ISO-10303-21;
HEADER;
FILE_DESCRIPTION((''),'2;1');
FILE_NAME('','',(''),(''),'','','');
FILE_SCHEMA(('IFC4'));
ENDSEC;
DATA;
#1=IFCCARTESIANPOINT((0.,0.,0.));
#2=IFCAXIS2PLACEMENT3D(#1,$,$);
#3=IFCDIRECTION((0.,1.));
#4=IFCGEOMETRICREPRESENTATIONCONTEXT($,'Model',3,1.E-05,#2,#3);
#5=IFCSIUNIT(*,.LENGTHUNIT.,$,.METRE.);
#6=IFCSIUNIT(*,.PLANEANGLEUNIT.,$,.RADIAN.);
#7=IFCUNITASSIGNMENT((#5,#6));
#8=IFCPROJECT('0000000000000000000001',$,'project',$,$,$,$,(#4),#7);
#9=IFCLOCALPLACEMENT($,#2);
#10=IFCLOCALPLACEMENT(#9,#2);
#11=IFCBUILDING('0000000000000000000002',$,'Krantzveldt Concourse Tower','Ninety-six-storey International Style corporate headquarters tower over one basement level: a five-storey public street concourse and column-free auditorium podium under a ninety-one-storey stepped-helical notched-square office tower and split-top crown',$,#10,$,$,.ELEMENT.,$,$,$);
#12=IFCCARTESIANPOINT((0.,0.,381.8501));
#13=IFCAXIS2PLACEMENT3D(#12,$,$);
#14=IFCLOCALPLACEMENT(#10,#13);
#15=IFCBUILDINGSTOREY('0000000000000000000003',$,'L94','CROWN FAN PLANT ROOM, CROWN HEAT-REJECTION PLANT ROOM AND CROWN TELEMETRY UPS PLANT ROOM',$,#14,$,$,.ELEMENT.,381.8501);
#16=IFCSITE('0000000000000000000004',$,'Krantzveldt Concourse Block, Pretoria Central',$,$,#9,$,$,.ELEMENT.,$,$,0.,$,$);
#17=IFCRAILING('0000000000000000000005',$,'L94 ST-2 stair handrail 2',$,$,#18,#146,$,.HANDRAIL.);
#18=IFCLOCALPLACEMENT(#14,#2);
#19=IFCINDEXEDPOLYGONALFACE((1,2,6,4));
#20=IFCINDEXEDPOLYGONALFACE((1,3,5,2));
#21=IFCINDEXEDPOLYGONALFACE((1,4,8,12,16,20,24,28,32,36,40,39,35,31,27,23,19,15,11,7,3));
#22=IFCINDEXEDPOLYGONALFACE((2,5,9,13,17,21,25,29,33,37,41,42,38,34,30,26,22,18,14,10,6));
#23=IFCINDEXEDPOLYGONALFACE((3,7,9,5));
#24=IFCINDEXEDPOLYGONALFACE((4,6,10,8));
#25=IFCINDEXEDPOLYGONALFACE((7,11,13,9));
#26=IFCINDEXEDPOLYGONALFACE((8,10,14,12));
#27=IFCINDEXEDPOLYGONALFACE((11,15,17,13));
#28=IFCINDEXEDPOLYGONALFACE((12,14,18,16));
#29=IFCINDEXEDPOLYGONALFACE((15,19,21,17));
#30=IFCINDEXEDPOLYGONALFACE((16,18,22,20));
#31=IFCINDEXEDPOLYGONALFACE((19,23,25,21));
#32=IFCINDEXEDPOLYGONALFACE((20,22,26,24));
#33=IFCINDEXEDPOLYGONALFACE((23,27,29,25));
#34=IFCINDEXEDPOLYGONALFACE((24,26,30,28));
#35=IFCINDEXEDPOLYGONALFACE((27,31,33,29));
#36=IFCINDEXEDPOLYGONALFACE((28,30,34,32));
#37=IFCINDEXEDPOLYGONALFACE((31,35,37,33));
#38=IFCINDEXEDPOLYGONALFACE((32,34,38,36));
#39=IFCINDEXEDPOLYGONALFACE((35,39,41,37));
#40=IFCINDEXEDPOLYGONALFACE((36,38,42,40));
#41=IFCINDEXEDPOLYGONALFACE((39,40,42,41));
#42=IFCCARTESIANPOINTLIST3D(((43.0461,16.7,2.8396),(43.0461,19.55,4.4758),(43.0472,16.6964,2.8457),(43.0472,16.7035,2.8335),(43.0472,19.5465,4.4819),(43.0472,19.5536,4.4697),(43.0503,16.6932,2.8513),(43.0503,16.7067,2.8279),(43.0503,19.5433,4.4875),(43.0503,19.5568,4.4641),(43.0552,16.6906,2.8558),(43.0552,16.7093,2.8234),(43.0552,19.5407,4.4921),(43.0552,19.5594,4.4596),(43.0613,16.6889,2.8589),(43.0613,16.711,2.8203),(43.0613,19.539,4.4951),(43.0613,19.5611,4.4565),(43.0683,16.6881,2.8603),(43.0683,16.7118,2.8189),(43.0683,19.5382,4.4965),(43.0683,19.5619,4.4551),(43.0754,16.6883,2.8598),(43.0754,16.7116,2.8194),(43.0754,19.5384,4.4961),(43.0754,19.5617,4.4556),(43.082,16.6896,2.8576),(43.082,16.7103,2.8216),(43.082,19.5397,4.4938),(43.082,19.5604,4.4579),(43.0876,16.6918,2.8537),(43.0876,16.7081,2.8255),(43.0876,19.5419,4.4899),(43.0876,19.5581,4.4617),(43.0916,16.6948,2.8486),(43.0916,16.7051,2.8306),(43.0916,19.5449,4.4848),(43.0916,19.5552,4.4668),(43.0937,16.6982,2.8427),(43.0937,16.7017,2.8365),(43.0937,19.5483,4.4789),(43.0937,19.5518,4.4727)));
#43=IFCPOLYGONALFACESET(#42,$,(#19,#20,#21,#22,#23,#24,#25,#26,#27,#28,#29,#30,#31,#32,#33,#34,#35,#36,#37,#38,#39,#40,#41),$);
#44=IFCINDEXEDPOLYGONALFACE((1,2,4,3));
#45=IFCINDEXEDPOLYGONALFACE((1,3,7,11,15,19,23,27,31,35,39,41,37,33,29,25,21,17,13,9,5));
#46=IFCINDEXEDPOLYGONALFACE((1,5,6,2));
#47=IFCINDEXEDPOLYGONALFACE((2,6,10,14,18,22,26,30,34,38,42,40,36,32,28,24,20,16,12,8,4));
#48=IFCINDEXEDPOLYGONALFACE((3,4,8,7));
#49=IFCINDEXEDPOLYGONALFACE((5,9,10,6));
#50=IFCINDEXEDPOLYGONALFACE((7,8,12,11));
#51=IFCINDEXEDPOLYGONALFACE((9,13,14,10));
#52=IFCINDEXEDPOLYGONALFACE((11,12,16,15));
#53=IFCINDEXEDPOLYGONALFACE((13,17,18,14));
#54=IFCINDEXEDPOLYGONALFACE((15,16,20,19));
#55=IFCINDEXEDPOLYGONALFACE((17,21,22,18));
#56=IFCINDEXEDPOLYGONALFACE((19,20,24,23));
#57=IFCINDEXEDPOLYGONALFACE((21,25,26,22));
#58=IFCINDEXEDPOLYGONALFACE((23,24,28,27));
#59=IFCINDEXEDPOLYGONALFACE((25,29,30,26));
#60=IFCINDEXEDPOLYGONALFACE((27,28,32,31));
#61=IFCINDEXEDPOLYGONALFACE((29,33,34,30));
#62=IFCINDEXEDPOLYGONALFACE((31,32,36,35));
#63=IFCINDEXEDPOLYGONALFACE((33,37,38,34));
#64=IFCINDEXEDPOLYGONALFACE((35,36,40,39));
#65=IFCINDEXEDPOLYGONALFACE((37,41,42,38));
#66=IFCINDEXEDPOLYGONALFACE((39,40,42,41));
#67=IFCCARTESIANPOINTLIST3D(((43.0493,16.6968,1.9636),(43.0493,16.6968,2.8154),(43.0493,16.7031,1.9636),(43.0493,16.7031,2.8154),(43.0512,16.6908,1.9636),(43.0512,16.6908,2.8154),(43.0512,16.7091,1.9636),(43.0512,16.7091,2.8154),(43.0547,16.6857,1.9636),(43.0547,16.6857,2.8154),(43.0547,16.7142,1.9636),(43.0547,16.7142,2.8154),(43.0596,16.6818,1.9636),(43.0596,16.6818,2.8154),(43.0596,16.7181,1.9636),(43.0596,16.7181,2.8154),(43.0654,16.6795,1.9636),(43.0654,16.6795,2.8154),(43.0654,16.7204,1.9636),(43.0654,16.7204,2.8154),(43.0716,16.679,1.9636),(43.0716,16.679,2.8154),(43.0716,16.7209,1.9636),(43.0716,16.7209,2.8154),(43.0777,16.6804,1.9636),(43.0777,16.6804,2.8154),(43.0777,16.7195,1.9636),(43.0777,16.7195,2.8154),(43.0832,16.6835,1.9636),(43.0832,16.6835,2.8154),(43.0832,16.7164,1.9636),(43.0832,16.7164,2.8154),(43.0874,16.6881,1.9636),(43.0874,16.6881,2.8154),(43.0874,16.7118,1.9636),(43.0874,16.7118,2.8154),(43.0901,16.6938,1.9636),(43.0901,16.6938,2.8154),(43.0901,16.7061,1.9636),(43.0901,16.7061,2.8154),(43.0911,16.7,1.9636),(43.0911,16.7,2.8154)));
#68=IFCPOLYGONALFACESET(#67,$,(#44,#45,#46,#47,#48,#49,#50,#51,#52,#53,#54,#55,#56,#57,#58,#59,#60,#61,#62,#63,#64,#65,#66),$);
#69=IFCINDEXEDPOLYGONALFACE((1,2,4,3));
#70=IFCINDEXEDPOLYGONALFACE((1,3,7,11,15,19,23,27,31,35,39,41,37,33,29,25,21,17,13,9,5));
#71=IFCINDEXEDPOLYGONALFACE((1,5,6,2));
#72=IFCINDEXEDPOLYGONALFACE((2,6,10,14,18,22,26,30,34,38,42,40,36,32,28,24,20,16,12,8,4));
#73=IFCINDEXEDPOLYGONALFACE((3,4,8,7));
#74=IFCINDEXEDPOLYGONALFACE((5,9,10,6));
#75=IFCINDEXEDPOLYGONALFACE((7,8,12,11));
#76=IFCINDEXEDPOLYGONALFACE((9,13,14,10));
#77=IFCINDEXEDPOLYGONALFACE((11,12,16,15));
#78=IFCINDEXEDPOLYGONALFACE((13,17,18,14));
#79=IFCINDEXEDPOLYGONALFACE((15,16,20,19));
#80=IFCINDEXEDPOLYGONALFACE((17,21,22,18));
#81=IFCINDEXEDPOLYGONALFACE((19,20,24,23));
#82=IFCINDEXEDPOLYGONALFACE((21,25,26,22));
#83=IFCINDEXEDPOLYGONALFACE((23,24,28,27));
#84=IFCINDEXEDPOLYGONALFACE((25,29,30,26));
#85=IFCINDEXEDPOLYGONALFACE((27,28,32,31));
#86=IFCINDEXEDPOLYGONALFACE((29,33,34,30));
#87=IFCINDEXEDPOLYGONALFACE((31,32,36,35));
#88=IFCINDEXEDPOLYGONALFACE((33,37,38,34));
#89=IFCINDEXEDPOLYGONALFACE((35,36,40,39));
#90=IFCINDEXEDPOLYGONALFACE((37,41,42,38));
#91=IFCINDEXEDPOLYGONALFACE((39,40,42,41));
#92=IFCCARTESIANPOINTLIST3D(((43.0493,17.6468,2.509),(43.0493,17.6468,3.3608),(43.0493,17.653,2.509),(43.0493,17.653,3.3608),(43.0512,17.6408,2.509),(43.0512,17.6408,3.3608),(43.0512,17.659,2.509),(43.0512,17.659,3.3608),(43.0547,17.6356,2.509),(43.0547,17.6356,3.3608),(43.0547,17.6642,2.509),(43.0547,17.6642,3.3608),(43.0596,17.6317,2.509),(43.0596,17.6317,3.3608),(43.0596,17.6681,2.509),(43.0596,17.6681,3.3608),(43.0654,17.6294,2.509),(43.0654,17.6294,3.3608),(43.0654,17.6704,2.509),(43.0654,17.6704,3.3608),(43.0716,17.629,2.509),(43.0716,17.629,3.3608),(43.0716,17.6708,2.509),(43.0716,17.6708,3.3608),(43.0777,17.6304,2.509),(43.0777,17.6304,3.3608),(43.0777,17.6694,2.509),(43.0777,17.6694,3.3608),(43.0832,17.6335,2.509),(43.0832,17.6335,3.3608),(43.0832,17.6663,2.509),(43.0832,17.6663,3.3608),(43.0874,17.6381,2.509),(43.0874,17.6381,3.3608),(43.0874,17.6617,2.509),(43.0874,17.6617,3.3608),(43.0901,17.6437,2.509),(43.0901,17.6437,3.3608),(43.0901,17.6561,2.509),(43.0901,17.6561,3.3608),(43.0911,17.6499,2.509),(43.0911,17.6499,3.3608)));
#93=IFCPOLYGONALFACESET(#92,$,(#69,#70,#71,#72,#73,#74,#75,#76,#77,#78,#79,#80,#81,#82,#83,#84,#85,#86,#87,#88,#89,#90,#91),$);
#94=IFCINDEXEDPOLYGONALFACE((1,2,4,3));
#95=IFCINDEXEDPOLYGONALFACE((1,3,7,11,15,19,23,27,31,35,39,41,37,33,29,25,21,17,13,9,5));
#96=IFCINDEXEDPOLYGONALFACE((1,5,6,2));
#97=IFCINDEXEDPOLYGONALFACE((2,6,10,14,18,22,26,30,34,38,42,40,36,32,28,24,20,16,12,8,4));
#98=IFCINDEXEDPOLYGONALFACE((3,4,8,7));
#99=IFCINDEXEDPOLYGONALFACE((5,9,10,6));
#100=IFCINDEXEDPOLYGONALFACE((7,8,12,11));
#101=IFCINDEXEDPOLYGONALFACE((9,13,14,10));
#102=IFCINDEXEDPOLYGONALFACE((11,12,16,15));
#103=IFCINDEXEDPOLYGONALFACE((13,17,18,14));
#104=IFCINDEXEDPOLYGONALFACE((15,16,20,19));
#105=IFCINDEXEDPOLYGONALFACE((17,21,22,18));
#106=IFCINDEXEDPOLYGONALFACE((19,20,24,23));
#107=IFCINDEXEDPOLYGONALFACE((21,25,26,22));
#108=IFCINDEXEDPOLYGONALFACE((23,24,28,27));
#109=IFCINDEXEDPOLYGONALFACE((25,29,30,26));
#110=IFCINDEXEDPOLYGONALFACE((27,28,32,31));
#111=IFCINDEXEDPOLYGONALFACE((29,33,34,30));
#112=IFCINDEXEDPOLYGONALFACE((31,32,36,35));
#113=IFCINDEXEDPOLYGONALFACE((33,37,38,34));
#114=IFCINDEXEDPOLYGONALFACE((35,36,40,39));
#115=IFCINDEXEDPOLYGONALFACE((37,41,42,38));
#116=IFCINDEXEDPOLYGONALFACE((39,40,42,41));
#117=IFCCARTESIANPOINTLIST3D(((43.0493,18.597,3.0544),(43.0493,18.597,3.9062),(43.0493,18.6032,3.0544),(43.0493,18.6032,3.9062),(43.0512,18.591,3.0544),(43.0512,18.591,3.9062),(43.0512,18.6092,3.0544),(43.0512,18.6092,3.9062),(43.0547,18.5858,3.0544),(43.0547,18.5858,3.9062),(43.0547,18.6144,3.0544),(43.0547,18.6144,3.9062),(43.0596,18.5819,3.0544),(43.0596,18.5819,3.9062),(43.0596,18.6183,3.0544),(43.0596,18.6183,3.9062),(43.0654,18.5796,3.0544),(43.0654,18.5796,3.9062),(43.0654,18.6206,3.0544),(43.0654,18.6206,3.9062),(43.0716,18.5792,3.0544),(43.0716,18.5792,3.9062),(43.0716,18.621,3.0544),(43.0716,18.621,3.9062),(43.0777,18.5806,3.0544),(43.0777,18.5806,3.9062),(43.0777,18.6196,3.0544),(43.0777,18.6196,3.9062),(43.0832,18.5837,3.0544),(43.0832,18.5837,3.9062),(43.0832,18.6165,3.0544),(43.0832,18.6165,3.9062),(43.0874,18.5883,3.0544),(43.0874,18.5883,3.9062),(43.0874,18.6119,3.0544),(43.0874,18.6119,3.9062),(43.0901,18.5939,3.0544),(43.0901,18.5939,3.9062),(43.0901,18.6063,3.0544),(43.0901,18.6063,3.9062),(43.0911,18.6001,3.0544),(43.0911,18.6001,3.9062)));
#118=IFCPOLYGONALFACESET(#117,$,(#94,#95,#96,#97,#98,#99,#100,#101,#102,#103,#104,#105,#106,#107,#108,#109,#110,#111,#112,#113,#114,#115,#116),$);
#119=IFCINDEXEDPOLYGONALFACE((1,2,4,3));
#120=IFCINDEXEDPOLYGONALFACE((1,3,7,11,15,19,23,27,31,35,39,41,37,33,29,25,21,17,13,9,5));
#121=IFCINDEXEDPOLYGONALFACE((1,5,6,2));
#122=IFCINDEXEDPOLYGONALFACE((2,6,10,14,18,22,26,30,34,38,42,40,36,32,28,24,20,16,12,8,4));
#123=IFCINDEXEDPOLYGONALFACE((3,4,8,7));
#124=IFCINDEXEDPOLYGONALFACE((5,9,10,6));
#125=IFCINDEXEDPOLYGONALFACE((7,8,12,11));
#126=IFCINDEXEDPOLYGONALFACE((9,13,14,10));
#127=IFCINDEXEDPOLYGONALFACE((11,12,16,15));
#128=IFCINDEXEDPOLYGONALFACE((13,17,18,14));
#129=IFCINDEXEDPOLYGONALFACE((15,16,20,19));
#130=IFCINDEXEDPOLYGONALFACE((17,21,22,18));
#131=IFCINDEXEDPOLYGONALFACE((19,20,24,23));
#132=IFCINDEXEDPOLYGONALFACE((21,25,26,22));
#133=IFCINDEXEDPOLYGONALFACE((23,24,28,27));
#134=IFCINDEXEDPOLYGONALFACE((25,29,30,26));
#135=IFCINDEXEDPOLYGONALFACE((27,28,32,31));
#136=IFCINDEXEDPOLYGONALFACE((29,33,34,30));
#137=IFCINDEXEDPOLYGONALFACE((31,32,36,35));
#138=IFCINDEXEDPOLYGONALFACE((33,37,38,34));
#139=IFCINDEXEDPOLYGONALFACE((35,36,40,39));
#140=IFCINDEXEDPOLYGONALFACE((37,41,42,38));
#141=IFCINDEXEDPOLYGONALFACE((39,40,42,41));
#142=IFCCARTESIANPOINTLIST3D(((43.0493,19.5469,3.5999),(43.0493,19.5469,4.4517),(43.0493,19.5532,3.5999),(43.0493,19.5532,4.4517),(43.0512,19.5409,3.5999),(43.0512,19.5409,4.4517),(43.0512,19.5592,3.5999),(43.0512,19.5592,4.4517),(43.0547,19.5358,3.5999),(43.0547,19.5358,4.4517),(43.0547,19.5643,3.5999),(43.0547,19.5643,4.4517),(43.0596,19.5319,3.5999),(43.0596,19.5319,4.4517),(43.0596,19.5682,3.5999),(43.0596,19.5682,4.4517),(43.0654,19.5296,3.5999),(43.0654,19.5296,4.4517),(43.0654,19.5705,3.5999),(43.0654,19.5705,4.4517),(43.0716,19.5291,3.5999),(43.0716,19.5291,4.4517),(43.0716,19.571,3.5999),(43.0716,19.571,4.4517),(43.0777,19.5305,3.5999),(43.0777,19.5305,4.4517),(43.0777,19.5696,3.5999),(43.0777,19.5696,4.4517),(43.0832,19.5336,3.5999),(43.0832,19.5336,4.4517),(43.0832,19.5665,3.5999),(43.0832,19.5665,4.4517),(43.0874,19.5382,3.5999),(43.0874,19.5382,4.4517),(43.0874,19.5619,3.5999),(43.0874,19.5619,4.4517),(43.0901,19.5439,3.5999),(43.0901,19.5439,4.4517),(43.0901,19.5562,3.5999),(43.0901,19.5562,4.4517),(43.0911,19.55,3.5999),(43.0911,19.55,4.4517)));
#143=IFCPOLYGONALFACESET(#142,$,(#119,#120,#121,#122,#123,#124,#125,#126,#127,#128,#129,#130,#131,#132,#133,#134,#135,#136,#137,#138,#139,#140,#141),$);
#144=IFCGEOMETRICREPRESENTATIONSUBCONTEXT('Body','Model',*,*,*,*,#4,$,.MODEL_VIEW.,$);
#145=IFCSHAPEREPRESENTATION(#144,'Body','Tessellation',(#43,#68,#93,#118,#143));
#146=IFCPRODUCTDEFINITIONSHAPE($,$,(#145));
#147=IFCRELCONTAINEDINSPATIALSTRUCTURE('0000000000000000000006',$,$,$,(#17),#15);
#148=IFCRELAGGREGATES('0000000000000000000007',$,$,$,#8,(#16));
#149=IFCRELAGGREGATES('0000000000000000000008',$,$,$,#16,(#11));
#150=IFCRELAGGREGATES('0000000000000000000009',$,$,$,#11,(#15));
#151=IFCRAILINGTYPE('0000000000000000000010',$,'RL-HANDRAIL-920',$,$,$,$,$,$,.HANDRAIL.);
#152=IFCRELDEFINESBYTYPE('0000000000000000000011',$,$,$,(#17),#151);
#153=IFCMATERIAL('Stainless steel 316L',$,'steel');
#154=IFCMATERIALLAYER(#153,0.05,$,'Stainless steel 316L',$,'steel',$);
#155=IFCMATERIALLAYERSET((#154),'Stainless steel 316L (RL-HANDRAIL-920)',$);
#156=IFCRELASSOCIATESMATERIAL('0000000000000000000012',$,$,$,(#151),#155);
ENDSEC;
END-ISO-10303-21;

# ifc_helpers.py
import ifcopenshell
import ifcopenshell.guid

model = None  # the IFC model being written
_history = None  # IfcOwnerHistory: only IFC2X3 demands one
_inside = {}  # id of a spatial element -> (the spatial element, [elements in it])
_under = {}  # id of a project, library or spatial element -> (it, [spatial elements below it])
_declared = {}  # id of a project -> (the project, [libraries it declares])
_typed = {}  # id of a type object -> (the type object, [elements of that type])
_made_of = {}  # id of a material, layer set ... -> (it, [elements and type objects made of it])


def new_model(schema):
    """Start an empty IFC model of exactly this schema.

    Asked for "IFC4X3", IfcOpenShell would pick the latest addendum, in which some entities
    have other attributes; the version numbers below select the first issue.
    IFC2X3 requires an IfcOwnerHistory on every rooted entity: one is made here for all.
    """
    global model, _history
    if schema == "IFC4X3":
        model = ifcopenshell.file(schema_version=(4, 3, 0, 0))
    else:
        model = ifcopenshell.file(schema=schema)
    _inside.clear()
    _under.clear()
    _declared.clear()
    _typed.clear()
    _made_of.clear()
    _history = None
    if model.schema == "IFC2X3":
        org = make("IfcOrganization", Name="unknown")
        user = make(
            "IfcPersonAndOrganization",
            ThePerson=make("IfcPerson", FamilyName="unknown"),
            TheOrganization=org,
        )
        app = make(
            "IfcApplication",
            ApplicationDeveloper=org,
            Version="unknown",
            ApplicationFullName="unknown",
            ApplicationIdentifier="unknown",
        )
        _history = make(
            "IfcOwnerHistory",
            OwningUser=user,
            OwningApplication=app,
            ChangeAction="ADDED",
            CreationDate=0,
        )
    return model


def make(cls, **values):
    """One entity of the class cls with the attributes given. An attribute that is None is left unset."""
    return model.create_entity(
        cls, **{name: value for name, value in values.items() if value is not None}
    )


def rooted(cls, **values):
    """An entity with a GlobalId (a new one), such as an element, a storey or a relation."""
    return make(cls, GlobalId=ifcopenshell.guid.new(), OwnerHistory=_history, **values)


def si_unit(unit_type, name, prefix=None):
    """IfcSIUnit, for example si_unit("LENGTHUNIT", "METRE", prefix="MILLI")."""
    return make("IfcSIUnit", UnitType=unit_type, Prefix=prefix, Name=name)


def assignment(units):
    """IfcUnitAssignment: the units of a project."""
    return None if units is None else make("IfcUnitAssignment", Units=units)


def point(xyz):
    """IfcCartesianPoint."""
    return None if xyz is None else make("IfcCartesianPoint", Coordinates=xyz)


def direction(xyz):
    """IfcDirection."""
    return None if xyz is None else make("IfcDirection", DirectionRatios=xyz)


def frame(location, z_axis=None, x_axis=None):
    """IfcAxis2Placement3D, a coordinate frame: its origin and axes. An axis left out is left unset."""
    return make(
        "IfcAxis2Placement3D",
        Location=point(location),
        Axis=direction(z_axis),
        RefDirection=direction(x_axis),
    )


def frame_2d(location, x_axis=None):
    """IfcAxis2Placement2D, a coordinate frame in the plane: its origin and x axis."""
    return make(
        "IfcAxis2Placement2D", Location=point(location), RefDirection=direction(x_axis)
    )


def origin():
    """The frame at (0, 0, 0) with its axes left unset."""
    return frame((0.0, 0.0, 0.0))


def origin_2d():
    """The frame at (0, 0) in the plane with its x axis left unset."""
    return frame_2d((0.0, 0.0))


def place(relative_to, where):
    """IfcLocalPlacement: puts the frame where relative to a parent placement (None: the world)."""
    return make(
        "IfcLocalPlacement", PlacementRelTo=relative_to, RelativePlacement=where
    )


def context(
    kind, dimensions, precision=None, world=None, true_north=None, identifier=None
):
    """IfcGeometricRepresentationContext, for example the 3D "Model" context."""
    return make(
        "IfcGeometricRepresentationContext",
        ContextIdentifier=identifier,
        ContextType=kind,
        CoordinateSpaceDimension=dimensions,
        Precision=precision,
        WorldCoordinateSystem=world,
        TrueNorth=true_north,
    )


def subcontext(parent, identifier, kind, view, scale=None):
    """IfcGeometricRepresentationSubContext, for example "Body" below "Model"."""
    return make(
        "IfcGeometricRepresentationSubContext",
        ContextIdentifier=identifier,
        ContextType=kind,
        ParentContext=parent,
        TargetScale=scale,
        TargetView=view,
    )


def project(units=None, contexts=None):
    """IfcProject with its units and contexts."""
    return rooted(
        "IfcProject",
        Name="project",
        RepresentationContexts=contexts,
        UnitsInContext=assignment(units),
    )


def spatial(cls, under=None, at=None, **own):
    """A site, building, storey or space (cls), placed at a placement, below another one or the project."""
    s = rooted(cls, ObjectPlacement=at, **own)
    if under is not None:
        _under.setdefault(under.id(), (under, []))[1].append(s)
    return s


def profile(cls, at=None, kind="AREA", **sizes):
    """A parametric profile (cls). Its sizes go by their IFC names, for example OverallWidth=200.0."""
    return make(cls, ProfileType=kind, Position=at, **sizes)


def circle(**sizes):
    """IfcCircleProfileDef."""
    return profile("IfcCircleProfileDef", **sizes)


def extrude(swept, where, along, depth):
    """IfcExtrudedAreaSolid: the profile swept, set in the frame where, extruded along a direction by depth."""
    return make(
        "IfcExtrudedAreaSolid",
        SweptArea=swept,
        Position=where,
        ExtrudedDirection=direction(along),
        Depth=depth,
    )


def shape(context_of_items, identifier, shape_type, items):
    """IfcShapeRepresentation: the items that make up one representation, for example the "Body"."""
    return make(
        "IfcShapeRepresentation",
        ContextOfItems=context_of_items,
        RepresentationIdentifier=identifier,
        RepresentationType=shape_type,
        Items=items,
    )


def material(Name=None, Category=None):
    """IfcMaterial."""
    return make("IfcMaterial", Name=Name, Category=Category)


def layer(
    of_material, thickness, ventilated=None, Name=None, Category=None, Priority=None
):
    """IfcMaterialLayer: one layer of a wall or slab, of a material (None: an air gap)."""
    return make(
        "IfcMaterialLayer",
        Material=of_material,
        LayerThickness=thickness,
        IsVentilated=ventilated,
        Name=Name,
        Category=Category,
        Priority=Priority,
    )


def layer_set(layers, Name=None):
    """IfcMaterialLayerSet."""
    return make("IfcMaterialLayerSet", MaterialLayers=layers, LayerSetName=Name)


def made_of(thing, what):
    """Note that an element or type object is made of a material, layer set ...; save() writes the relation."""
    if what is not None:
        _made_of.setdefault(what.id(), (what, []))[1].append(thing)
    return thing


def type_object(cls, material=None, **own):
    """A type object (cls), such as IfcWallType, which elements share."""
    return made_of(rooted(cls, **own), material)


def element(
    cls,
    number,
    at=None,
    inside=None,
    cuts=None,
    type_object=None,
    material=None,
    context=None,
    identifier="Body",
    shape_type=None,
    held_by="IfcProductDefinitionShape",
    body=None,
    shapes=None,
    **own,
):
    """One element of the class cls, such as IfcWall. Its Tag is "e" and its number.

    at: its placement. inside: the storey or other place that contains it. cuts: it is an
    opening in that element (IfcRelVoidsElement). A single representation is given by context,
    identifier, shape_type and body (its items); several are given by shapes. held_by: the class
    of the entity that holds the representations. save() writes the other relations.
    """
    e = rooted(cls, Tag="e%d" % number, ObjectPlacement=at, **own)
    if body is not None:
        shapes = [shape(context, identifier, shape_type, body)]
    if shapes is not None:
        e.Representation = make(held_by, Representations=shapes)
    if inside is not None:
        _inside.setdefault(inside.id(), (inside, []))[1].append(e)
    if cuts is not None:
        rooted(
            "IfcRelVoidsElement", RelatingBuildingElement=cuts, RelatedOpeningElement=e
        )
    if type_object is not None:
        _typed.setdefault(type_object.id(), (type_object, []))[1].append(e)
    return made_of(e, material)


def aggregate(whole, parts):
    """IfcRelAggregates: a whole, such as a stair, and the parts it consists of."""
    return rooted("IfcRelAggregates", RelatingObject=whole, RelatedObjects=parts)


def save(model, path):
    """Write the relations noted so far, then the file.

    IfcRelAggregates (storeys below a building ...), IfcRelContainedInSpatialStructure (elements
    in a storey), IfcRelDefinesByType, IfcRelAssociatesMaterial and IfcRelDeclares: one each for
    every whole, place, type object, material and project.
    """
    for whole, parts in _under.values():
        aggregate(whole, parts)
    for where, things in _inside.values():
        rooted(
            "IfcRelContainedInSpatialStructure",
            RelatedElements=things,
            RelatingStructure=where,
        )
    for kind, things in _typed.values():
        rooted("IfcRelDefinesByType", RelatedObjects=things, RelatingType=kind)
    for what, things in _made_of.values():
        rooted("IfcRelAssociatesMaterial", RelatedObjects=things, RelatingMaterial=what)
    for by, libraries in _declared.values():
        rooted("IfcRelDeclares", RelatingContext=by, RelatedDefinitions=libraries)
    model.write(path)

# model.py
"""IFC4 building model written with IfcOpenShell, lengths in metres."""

from ifc_helpers import new_model, si_unit, direction, frame, origin, origin_2d, place, context, subcontext, project, spatial, circle, extrude, material, layer, layer_set, type_object, element, save


model = new_model("IFC4")

# Units and contexts
model_context = context("Model", 3, precision=1e-05, world=origin(), true_north=direction((0.0, 1.0)))
body_context = subcontext(model_context, "Body", "Model", "MODEL_VIEW")
ifc_project = project(units=[si_unit("LENGTHUNIT", "METRE"), si_unit("PLANEANGLEUNIT", "RADIAN")], contexts=[model_context])

# Site, building, storey
site_placement = place(None, origin())
site = spatial("IfcSite", under=ifc_project, at=site_placement, Name="Krantzveldt Concourse Block, Pretoria Central", CompositionType="ELEMENT", RefElevation=0.0)
building_placement = place(site_placement, origin())
building = spatial("IfcBuilding", under=site, at=building_placement, Name="Krantzveldt Concourse Tower", Description="Ninety-six-storey International Style corporate headquarters tower over one basement level: a five-storey public street concourse and column-free auditorium podium under a ninety-one-storey stepped-helical notched-square office tower and split-top crown", CompositionType="ELEMENT")
storey_placement = place(building_placement, frame((0.0, 0.0, 381.8501)))
storey = spatial("IfcBuildingStorey", under=building, at=storey_placement, Name="L94", Description="CROWN FAN PLANT ROOM, CROWN HEAT-REJECTION PLANT ROOM AND CROWN TELEMETRY UPS PLANT ROOM", CompositionType="ELEMENT", Elevation=381.8501)

# Railing
ifc_material_1 = material(Name="Stainless steel 316L", Category="steel")
ifc_layer_1 = layer(ifc_material_1, 0.05, Name="Stainless steel 316L", Category="steel")
ifc_layer_set_1 = layer_set([ifc_layer_1], Name="Stainless steel 316L (RL-HANDRAIL-920)")
railing_type_1 = type_object("IfcRailingType", Name="RL-HANDRAIL-920", PredefinedType="HANDRAIL", material=ifc_layer_set_1)
railing_1_placement = place(storey_placement, frame((43.0701, 16.7, 1.9636)))
element("IfcRailing", 1, at=railing_1_placement, inside=storey, type_object=railing_type_1, Name="L94 ST-2 stair handrail 2", PredefinedType="HANDRAIL", context=body_context, shape_type="SweptSolid", body=[
    extrude(circle(Radius=0.0239, at=origin_2d()), frame((0.0, 0.0, 0.876), z_axis=(0.0, 0.867245, 0.497882), x_axis=(-1.0, 0.0, 0.0)), (0.0, 0.0, 1.0), 3.2864),
    extrude(circle(Radius=0.021, at=origin_2d()), origin(), (0.0, 0.0, 1.0), 0.8518),
    extrude(circle(Radius=0.021, at=origin_2d()), frame((0.0, 0.95, 0.5454)), (0.0, 0.0, 1.0), 0.8518),
    extrude(circle(Radius=0.021, at=origin_2d()), frame((0.0, 1.9001, 1.0908)), (0.0, 0.0, 1.0), 0.8518),
    extrude(circle(Radius=0.021, at=origin_2d()), frame((0.0, 2.8501, 1.6362)), (0.0, 0.0, 1.0), 0.8518),
])

save(model, "model.ifc")
